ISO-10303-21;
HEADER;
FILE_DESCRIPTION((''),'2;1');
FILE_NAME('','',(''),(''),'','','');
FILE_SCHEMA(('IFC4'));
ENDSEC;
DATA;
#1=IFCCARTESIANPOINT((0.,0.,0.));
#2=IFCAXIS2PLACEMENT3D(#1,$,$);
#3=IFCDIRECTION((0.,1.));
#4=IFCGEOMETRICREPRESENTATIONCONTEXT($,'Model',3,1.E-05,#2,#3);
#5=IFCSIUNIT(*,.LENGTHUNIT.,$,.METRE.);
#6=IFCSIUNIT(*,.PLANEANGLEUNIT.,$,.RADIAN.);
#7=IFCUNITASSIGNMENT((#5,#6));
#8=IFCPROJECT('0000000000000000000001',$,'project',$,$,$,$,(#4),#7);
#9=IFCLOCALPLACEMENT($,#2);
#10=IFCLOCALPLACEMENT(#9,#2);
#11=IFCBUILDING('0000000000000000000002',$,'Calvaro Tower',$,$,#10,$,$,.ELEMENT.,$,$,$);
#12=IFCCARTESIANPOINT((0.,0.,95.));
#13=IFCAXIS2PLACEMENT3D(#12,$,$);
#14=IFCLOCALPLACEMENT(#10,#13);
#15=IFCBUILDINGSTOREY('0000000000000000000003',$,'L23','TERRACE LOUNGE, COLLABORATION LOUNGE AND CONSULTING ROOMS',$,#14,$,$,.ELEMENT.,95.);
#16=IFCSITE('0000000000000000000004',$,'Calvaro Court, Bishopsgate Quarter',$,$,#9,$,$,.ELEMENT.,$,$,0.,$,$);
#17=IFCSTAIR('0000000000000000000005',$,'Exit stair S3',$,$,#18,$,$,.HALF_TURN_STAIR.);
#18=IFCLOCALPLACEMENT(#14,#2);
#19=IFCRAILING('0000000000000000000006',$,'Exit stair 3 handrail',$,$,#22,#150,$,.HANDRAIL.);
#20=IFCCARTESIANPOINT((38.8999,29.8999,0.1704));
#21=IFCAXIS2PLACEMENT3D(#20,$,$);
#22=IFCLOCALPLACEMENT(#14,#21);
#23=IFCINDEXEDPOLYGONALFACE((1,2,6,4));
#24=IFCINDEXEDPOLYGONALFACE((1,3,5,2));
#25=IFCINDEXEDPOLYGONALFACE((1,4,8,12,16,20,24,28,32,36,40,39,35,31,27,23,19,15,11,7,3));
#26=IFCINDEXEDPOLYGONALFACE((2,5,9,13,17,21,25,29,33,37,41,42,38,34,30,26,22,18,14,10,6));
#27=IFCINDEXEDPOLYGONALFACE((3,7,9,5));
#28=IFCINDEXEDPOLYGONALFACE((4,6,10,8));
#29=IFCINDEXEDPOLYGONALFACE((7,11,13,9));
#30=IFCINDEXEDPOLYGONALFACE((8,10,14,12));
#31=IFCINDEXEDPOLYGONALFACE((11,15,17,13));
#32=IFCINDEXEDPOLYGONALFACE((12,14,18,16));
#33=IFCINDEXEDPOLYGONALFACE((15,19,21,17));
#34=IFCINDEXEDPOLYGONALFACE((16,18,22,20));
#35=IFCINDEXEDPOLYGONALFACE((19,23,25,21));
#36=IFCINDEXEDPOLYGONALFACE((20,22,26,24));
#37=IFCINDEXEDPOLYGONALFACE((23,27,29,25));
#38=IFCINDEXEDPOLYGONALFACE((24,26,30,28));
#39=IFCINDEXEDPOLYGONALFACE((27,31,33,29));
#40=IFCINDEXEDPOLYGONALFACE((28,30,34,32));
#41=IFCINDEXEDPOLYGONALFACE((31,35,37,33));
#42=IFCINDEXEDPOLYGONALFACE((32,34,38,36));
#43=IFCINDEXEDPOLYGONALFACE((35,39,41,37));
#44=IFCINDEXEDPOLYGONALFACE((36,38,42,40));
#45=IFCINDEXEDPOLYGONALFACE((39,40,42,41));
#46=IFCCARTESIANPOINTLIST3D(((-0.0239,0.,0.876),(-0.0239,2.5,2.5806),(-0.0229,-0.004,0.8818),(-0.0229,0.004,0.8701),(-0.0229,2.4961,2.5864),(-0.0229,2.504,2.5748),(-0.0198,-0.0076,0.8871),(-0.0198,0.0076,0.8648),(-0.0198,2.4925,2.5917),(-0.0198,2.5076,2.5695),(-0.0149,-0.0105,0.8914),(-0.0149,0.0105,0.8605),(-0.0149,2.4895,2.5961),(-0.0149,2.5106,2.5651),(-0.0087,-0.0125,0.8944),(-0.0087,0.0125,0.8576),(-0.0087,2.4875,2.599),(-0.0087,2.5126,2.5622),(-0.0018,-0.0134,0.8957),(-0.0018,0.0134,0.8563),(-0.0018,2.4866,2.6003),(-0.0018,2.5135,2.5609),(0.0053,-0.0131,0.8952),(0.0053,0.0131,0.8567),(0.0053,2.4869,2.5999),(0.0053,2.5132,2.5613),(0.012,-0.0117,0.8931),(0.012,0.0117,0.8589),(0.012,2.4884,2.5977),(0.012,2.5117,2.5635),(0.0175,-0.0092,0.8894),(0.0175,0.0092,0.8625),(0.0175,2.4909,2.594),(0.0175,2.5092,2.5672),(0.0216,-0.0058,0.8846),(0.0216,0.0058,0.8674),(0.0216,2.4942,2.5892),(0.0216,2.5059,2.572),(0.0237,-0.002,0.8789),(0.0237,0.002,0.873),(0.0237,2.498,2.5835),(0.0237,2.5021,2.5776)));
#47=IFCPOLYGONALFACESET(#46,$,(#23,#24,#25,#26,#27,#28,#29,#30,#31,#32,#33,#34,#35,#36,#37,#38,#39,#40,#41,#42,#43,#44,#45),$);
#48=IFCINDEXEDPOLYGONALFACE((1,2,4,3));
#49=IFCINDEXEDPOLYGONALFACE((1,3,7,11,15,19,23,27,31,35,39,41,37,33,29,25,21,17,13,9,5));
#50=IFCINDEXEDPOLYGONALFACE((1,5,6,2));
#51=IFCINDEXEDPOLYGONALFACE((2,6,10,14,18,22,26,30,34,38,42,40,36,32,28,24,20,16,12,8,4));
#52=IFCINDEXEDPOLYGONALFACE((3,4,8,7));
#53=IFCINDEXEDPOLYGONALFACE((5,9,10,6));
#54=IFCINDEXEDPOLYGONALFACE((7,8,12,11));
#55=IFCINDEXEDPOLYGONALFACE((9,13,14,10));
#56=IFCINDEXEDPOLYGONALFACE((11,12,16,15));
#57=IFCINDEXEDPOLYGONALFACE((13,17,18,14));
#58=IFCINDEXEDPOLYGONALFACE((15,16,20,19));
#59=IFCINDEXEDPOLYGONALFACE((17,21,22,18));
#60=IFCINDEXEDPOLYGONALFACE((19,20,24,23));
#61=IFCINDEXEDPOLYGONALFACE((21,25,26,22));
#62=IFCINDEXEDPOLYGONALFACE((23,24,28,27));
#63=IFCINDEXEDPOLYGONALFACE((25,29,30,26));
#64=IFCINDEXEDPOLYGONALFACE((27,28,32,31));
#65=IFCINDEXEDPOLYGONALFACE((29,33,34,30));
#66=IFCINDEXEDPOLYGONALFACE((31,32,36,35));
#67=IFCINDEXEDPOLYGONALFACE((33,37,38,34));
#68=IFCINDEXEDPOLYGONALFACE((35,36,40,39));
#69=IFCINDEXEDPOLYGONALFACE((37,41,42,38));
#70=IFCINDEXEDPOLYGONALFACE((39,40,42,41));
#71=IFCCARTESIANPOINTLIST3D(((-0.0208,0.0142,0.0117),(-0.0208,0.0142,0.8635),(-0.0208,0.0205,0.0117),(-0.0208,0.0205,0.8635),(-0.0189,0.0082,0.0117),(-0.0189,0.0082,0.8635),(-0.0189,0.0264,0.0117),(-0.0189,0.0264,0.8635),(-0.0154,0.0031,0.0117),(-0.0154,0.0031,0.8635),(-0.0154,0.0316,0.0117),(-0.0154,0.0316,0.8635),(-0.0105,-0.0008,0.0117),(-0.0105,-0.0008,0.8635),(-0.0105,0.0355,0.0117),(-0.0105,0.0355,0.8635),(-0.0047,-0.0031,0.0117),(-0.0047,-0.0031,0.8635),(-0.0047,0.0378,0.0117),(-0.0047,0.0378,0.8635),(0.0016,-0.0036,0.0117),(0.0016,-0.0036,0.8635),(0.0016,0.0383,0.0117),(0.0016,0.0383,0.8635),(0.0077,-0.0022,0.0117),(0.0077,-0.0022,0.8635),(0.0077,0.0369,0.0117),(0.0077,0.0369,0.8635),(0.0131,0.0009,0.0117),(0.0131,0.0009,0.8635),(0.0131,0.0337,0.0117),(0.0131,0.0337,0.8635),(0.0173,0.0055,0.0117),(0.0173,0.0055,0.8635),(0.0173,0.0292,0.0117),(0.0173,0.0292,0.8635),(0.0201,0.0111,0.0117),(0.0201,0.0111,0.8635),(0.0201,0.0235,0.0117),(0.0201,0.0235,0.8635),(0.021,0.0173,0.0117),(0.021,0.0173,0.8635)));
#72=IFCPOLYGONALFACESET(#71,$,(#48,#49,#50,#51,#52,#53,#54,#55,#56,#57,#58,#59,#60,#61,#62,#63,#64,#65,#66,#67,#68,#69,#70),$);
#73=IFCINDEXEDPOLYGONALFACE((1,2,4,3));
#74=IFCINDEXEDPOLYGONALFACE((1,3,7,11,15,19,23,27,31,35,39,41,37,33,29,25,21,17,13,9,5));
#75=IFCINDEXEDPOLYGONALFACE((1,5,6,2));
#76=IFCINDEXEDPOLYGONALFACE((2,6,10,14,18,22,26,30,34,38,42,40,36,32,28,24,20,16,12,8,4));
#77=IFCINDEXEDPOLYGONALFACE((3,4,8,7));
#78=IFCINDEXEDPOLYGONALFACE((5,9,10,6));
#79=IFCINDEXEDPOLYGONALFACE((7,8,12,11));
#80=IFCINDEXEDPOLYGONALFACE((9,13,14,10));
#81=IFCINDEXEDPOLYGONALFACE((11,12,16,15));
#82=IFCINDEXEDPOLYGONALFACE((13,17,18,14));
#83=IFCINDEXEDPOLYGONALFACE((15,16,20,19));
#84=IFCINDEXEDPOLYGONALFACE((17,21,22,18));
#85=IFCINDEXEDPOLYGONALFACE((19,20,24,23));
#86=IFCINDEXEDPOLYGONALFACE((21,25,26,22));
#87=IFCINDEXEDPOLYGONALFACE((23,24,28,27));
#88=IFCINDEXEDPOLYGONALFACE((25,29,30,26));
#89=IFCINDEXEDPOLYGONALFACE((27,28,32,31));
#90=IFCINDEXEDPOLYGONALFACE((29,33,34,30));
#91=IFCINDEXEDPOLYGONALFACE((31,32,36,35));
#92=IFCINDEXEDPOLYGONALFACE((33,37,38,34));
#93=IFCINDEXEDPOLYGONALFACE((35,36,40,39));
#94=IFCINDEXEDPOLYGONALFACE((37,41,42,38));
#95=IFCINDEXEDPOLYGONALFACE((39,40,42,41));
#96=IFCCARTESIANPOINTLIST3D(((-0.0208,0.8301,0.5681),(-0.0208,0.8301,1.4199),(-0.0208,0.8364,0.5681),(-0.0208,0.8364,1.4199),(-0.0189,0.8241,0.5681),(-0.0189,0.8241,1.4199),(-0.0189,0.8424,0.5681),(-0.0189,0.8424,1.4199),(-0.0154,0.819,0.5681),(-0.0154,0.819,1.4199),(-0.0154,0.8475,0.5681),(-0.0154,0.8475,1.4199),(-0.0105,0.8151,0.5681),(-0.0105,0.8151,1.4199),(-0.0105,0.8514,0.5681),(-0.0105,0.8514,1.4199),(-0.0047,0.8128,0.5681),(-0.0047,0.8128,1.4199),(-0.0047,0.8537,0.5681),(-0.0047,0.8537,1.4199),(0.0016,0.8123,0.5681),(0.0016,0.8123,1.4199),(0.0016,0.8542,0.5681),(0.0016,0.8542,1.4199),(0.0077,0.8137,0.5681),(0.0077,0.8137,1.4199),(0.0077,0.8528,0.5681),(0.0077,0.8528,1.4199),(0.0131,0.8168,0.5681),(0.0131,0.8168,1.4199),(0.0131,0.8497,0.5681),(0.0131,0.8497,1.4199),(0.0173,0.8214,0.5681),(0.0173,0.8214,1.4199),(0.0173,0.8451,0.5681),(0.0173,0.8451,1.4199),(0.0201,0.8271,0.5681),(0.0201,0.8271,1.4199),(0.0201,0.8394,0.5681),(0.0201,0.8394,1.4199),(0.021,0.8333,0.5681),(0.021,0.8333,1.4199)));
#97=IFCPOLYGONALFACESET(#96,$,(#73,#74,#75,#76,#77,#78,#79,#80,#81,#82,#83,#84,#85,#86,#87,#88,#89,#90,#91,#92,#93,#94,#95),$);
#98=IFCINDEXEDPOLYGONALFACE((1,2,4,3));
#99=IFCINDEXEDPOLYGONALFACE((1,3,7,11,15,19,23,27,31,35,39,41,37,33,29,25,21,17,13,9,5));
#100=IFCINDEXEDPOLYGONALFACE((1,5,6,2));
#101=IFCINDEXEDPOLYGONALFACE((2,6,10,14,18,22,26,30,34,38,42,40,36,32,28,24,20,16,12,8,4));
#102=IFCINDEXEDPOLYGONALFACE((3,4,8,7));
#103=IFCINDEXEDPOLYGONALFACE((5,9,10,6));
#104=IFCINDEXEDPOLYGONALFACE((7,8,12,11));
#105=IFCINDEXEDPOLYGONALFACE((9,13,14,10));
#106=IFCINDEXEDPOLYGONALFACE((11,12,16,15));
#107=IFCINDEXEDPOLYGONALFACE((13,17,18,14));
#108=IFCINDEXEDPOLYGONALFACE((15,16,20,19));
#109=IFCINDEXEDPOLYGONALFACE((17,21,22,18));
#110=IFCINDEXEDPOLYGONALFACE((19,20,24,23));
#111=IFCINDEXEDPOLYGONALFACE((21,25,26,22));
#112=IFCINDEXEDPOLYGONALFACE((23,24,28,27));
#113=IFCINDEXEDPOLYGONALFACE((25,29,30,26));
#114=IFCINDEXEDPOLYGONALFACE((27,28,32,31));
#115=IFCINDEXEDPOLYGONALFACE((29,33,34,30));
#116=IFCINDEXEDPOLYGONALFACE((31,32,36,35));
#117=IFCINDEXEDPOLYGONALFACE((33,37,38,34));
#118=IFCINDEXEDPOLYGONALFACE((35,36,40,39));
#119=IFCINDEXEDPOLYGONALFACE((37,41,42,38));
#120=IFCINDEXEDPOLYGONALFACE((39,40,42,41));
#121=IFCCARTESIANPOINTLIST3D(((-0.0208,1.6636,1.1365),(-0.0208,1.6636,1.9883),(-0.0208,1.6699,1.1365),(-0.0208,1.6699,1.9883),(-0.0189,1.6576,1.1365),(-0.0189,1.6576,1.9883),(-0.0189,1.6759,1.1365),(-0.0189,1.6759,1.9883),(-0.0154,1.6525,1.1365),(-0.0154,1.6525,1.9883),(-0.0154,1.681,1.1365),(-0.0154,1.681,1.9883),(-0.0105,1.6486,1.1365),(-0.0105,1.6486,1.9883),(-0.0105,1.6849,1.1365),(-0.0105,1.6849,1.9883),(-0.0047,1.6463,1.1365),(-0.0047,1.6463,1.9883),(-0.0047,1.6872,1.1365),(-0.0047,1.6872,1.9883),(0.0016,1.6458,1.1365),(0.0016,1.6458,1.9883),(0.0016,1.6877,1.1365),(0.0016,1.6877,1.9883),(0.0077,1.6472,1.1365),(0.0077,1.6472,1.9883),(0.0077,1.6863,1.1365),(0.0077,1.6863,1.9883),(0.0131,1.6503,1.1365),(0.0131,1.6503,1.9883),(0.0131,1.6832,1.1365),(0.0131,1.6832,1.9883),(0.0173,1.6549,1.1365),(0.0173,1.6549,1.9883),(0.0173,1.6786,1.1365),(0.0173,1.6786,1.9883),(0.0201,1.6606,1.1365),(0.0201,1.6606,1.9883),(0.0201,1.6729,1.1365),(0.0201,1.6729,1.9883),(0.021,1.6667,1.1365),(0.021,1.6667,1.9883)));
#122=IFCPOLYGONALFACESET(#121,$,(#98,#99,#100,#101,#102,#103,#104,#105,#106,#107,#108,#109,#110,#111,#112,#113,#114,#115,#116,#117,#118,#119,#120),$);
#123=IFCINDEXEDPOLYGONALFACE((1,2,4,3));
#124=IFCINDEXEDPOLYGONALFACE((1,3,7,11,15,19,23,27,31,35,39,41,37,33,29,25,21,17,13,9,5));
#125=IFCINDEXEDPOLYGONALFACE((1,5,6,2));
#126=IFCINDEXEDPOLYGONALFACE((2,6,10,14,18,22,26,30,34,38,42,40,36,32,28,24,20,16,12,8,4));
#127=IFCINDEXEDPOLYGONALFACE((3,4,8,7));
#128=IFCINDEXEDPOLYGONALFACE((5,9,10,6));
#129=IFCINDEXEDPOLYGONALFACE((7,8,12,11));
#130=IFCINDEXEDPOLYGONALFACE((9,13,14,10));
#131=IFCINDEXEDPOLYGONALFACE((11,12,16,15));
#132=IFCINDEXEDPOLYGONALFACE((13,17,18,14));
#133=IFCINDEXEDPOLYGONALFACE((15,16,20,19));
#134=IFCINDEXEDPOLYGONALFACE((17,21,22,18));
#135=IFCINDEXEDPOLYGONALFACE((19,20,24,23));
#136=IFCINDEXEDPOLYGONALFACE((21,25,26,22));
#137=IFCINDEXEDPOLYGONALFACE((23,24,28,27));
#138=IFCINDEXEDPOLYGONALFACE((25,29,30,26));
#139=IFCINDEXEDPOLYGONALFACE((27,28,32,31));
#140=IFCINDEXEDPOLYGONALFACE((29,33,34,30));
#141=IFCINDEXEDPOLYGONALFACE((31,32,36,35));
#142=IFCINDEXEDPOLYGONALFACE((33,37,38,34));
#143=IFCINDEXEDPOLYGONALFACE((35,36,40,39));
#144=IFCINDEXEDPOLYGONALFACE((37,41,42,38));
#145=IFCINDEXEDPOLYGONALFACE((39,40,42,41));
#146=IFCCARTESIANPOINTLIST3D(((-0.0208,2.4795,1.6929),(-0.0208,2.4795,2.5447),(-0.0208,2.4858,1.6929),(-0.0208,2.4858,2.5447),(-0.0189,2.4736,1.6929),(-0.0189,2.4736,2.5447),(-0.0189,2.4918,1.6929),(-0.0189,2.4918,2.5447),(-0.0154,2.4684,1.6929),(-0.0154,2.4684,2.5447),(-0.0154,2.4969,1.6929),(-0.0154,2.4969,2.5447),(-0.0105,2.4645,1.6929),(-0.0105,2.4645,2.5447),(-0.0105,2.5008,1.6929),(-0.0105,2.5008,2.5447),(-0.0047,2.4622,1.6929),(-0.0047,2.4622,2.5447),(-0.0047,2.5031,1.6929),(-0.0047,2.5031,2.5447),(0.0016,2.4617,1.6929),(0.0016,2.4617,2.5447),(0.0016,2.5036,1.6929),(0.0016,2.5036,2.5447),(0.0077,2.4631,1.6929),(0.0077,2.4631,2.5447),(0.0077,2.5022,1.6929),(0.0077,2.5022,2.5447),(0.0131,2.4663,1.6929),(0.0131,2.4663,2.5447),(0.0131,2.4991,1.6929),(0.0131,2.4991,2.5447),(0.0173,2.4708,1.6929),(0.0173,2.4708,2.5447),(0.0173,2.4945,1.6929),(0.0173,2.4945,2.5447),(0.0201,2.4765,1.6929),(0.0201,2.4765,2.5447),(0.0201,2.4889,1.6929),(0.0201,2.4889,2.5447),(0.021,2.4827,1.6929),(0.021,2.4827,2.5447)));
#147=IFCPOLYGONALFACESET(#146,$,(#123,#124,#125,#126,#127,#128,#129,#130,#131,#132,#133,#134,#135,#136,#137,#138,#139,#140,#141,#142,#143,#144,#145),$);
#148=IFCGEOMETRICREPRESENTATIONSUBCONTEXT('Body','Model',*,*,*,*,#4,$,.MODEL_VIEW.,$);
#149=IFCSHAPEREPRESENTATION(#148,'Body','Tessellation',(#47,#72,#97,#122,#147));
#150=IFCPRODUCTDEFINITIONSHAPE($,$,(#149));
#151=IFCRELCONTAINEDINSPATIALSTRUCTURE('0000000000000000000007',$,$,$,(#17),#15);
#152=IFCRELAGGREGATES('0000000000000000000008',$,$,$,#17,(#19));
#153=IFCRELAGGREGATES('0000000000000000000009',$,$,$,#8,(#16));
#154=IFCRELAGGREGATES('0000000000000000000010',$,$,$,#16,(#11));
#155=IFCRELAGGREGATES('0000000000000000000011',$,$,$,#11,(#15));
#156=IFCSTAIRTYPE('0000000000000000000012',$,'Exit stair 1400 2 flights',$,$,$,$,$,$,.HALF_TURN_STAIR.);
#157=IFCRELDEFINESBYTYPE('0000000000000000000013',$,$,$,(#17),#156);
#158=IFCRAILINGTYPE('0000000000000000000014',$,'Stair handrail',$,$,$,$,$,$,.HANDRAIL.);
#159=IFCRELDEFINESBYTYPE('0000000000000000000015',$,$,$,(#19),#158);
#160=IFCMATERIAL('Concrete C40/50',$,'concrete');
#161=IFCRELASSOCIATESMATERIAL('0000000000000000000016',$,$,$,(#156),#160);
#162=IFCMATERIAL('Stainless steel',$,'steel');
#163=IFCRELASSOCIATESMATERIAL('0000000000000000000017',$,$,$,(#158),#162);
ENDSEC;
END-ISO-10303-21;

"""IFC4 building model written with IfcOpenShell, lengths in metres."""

from ifc_helpers import new_model, si_unit, direction, frame, origin, origin_2d, place, context, subcontext, project, spatial, circle, extrude, material, type_object, element, aggregate, save


model = new_model("IFC4")

# Units and contexts
model_context = context("Model", 3, precision=1e-05, world=origin(), true_north=direction((0.0, 1.0)))
body_context = subcontext(model_context, "Body", "Model", "MODEL_VIEW")
ifc_project = project(units=[si_unit("LENGTHUNIT", "METRE"), si_unit("PLANEANGLEUNIT", "RADIAN")], contexts=[model_context])

# Site, building, storey
site_placement = place(None, origin())
site = spatial("IfcSite", under=ifc_project, at=site_placement, Name="Calvaro Court, Bishopsgate Quarter", CompositionType="ELEMENT", RefElevation=0.0)
building_placement = place(site_placement, origin())
building = spatial("IfcBuilding", under=site, at=building_placement, Name="Calvaro Tower", CompositionType="ELEMENT")
storey_placement = place(building_placement, frame((0.0, 0.0, 95.0)))
storey = spatial("IfcBuildingStorey", under=building, at=storey_placement, Name="L23", Description="TERRACE LOUNGE, COLLABORATION LOUNGE AND CONSULTING ROOMS", CompositionType="ELEMENT", Elevation=95.0)

# Stair
ifc_material_1 = material(Name="Concrete C40/50", Category="concrete")
stair_type = type_object("IfcStairType", Name="Exit stair 1400 2 flights", PredefinedType="HALF_TURN_STAIR", material=ifc_material_1)
stair_1_placement = place(storey_placement, origin())
stair_1 = element("IfcStair", 1, at=stair_1_placement, inside=storey, type_object=stair_type, Name="Exit stair S3", PredefinedType="HALF_TURN_STAIR")

# Railing
ifc_material_2 = material(Name="Stainless steel", Category="steel")
railing_type = type_object("IfcRailingType", Name="Stair handrail", PredefinedType="HANDRAIL", material=ifc_material_2)
railing_1_placement = place(storey_placement, frame((38.8999, 29.8999, 0.1704)))
railing_1 = element("IfcRailing", 2, at=railing_1_placement, type_object=railing_type, Name="Exit stair 3 handrail", PredefinedType="HANDRAIL", context=body_context, shape_type="SweptSolid", body=[
    extrude(circle(Radius=0.0239, at=origin_2d()), frame((0.0, 0.0, 0.876), z_axis=(0.0, 0.826221, 0.563347), x_axis=(-1.0, 0.0, 0.0)), (0.0, 0.0, 1.0), 3.0259),
    extrude(circle(Radius=0.021, at=origin_2d()), frame((0.0, 0.0173, 0.0117)), (0.0, 0.0, 1.0), 0.8518),
    extrude(circle(Radius=0.021, at=origin_2d()), frame((0.0, 0.8333, 0.5681)), (0.0, 0.0, 1.0), 0.8518),
    extrude(circle(Radius=0.021, at=origin_2d()), frame((0.0, 1.6667, 1.1365)), (0.0, 0.0, 1.0), 0.8518),
    extrude(circle(Radius=0.021, at=origin_2d()), frame((0.0, 2.4827, 1.6929)), (0.0, 0.0, 1.0), 0.8518),
])
aggregate(stair_1, [railing_1])

save(model, "model.ifc")
